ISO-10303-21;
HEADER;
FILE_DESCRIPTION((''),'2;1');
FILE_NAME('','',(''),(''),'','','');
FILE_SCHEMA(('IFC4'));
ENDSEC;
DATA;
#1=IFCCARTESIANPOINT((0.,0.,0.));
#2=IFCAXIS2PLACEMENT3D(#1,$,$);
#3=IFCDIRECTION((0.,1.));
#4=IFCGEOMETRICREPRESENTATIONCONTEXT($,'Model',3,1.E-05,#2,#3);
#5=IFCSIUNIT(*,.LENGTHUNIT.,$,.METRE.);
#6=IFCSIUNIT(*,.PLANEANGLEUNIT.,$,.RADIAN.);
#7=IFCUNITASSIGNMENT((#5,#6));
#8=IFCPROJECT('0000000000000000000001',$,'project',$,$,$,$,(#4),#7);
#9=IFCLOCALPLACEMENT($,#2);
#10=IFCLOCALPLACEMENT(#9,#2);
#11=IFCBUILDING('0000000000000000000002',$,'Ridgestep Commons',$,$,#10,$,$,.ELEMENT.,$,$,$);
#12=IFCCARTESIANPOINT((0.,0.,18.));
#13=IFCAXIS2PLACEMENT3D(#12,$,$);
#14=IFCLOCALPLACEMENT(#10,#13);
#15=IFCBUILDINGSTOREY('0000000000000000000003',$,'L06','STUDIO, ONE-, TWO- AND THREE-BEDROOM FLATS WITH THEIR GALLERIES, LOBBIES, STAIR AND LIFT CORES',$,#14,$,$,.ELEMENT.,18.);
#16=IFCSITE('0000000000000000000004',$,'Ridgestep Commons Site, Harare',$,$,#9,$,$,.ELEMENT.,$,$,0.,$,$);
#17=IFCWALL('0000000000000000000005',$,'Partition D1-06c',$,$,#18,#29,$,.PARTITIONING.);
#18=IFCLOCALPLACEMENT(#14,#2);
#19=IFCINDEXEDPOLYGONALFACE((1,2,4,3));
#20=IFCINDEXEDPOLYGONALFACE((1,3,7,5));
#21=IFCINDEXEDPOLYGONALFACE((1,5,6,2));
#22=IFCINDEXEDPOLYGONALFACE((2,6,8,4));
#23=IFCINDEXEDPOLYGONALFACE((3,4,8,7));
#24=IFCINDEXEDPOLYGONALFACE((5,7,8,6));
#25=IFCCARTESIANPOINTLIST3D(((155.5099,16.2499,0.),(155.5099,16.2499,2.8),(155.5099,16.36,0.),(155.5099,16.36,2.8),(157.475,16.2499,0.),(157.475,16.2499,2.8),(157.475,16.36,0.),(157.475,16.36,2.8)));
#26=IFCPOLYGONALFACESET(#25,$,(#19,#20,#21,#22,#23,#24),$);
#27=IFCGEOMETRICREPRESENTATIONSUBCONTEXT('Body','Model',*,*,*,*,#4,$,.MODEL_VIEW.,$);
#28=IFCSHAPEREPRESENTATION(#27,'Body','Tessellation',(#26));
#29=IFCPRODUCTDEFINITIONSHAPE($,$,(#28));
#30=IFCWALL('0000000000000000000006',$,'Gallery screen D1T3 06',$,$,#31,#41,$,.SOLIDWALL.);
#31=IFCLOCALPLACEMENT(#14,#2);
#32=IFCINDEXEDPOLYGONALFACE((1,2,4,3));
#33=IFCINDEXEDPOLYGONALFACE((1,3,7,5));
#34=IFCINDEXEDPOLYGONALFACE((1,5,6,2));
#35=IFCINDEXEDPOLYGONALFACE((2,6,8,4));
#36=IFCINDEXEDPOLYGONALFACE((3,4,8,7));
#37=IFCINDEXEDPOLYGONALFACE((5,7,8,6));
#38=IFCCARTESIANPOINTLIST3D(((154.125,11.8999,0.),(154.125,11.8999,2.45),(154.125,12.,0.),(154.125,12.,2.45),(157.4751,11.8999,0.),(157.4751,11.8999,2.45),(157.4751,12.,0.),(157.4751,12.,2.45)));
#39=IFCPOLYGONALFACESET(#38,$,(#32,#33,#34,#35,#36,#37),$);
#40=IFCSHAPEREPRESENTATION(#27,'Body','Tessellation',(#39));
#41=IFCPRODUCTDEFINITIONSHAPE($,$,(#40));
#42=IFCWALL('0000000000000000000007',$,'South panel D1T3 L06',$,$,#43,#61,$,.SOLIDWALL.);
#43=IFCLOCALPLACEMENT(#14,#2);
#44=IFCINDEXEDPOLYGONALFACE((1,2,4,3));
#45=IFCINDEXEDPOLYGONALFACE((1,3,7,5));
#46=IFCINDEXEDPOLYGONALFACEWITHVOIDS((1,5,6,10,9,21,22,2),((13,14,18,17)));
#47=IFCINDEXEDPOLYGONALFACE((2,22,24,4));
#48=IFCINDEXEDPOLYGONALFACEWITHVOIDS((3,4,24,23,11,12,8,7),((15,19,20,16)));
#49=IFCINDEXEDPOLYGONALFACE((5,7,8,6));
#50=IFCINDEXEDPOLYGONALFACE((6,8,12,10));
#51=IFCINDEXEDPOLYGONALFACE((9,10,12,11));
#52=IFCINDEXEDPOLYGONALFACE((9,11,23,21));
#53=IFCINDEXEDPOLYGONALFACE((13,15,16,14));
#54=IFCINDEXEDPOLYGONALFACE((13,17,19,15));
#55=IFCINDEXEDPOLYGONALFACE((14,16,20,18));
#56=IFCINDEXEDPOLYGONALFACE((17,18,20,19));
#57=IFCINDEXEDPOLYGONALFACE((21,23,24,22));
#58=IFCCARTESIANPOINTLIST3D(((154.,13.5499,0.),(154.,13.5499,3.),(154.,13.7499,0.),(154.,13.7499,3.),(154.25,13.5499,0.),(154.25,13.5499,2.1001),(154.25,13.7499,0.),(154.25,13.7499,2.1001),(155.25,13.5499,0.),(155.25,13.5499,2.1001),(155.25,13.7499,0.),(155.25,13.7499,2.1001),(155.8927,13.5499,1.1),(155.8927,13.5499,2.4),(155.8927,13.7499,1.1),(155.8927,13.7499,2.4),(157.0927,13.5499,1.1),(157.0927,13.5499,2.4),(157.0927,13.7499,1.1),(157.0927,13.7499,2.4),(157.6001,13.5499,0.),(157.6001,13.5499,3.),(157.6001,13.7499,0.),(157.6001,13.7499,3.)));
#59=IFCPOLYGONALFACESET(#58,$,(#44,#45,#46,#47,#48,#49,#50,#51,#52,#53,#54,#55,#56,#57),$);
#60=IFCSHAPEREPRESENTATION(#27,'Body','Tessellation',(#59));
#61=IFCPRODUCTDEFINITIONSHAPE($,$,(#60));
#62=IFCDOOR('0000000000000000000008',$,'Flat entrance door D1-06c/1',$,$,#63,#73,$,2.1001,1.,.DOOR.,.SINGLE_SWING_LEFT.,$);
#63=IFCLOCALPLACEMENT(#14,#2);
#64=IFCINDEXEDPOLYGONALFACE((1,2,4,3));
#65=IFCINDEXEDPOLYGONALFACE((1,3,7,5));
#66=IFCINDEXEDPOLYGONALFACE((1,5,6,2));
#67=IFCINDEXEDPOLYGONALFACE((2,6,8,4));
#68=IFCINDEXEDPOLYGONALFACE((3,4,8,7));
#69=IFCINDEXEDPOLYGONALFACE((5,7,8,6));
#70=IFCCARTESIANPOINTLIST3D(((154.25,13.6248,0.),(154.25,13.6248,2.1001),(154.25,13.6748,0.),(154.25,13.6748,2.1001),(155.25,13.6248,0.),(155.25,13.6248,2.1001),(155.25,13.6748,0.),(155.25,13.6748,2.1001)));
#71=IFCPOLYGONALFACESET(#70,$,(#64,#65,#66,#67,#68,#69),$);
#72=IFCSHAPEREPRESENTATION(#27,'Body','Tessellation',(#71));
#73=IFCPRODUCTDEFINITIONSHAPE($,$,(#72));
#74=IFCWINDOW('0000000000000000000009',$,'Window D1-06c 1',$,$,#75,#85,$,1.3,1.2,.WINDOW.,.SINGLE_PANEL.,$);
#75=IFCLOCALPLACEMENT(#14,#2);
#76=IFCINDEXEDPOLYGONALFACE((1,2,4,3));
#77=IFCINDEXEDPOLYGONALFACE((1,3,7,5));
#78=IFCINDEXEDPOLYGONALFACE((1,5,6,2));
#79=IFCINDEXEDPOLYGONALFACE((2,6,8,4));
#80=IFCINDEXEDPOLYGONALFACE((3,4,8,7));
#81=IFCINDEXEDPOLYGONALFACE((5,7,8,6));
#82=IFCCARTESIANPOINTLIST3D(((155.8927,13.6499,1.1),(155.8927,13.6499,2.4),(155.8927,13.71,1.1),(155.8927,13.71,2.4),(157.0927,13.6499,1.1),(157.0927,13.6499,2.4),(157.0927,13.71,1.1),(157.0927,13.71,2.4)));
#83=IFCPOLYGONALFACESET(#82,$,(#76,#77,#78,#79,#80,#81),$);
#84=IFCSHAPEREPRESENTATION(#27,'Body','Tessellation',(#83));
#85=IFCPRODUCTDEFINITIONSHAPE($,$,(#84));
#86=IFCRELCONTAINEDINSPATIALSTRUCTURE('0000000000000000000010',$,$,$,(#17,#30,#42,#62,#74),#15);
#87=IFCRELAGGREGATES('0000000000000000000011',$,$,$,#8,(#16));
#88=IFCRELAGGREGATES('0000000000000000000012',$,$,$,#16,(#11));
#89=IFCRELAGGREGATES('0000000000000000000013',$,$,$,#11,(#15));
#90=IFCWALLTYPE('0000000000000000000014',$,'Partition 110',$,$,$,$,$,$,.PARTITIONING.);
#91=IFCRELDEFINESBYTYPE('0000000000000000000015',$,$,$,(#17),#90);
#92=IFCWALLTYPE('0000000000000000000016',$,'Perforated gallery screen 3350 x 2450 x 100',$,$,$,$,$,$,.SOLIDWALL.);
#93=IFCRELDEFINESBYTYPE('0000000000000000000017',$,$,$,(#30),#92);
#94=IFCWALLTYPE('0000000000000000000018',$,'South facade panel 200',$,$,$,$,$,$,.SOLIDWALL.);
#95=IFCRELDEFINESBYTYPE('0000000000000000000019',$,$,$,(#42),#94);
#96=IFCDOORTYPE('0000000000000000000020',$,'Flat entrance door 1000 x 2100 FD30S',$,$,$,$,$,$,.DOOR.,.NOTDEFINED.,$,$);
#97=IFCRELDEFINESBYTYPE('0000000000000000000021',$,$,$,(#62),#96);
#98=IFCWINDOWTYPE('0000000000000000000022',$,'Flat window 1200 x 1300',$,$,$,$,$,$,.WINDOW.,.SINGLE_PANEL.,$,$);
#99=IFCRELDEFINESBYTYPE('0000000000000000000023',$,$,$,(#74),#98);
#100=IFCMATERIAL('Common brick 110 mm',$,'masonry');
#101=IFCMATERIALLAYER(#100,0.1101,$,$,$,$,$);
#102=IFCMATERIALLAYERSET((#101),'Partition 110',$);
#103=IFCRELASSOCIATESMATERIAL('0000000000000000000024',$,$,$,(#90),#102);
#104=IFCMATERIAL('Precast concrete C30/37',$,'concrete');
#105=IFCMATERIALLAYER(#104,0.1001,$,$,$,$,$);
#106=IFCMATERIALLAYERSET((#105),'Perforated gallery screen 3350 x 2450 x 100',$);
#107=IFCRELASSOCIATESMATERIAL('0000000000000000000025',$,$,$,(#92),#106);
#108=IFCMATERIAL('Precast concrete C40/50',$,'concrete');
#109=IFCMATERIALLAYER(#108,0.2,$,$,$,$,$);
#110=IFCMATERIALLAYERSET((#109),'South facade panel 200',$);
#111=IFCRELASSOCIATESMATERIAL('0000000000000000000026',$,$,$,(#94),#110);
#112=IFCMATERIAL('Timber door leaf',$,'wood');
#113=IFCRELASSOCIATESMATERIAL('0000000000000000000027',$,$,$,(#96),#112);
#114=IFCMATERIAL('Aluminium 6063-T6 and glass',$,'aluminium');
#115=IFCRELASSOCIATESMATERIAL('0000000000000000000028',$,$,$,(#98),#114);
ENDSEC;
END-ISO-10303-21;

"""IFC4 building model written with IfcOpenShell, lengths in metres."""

from ifc_helpers import new_model, si_unit, direction, frame, frame_2d, origin, place, context, subcontext, project, spatial, rectangle, extrude, material, layer, layer_set, type_object, element, fill, save


model = new_model("IFC4")

# Units and contexts
model_context = context("Model", 3, precision=1e-05, world=origin(), true_north=direction((0.0, 1.0)))
body_context = subcontext(model_context, "Body", "Model", "MODEL_VIEW")
ifc_project = project(units=[si_unit("LENGTHUNIT", "METRE"), si_unit("PLANEANGLEUNIT", "RADIAN")], contexts=[model_context])

# Site, building, storey
site_placement = place(None, origin())
site = spatial("IfcSite", under=ifc_project, at=site_placement, Name="Ridgestep Commons Site, Harare", CompositionType="ELEMENT", RefElevation=0.0)
building_placement = place(site_placement, origin())
building = spatial("IfcBuilding", under=site, at=building_placement, Name="Ridgestep Commons", CompositionType="ELEMENT")
storey_placement = place(building_placement, frame((0.0, 0.0, 18.0)))
storey = spatial("IfcBuildingStorey", under=building, at=storey_placement, Name="L06", Description="STUDIO, ONE-, TWO- AND THREE-BEDROOM FLATS WITH THEIR GALLERIES, LOBBIES, STAIR AND LIFT CORES", CompositionType="ELEMENT", Elevation=18.0)

# Shared definitions
ifc_material_1 = material(Name="Common brick 110 mm", Category="masonry")
ifc_layer_1 = layer(ifc_material_1, 0.1101)
ifc_layer_set_1 = layer_set([ifc_layer_1], Name="Partition 110")
wall_type_1 = type_object("IfcWallType", Name="Partition 110", PredefinedType="PARTITIONING", material=ifc_layer_set_1)

# Walls
wall_1_placement = place(storey_placement, frame((155.51, 16.3049, 0.0), z_axis=(0.0, 0.0, 1.0), x_axis=(1.0, 0.0, 0.0)))
element("IfcWall", 1, at=wall_1_placement, inside=storey, type_object=wall_type_1, Name="Partition D1-06c", PredefinedType="PARTITIONING", context=body_context, shape_type="SweptSolid", body=[
    extrude(rectangle(XDim=1.9651, YDim=0.1101, at=frame_2d((0.9824, 0.0))), origin(), (0.0, 0.0, 1.0), 2.8),
])
ifc_material_2 = material(Name="Precast concrete C30/37", Category="concrete")
ifc_layer_2 = layer(ifc_material_2, 0.1001)
ifc_layer_set_2 = layer_set([ifc_layer_2], Name="Perforated gallery screen 3350 x 2450 x 100")
wall_type_2 = type_object("IfcWallType", Name="Perforated gallery screen 3350 x 2450 x 100", PredefinedType="SOLIDWALL", material=ifc_layer_set_2)
wall_2_placement = place(storey_placement, frame((154.125, 11.95, 0.0), z_axis=(0.0, 0.0, 1.0), x_axis=(1.0, 0.0, 0.0)))
element("IfcWall", 2, at=wall_2_placement, inside=storey, type_object=wall_type_2, Name="Gallery screen D1T3 06", PredefinedType="SOLIDWALL", context=body_context, shape_type="SweptSolid", body=[
    extrude(rectangle(XDim=3.3501, YDim=0.1001, at=frame_2d((1.675, 0.0))), origin(), (0.0, 0.0, 1.0), 2.45),
])

# Wall, openings, door, window
ifc_material_3 = material(Name="Precast concrete C40/50", Category="concrete")
ifc_layer_3 = layer(ifc_material_3, 0.2)
ifc_layer_set_3 = layer_set([ifc_layer_3], Name="South facade panel 200")
wall_type_3 = type_object("IfcWallType", Name="South facade panel 200", PredefinedType="SOLIDWALL", material=ifc_layer_set_3)
wall_3_placement = place(storey_placement, frame((154.0, 13.6499, 0.0), z_axis=(0.0, 0.0, 1.0), x_axis=(1.0, 0.0, 0.0)))
wall_3 = element("IfcWall", 3, at=wall_3_placement, inside=storey, type_object=wall_type_3, Name="South panel D1T3 L06", PredefinedType="SOLIDWALL", context=body_context, shape_type="SweptSolid", body=[
    extrude(rectangle(XDim=3.6001, YDim=0.2, at=frame_2d((1.8, 0.0))), origin(), (0.0, 0.0, 1.0), 3.0),
])
opening_1_placement = place(wall_3_placement, frame((1.8926, 0.0, 1.1001)))
opening_1 = element("IfcOpeningElement", 4, at=opening_1_placement, cuts=wall_3, PredefinedType="OPENING", context=body_context, shape_type="SweptSolid", body=[
    extrude(rectangle(XDim=1.2, YDim=1.3, at=frame_2d((0.6001, 0.6499))), frame((0.0, 0.1099, 0.0), z_axis=(0.0, -1.0, 0.0), x_axis=(1.0, 0.0, 0.0)), (0.0, 0.0, 1.0), 0.22),
])
opening_2_placement = place(wall_3_placement, frame((0.25, 0.0, 0.0)))
opening_2 = element("IfcOpeningElement", 5, at=opening_2_placement, cuts=wall_3, PredefinedType="OPENING", context=body_context, shape_type="SweptSolid", body=[
    extrude(rectangle(XDim=1.0, YDim=2.1001, at=frame_2d((0.5, 1.05))), frame((0.0, 0.1099, 0.0), z_axis=(0.0, -1.0, 0.0), x_axis=(1.0, 0.0, 0.0)), (0.0, 0.0, 1.0), 0.22),
])
ifc_material_4 = material(Name="Timber door leaf", Category="wood")
door_type_1 = type_object("IfcDoorType", Name="Flat entrance door 1000 x 2100 FD30S", OperationType="NOTDEFINED", PredefinedType="DOOR", material=ifc_material_4)
door_1_placement = place(opening_2_placement, origin())
door_1 = element("IfcDoor", 6, at=door_1_placement, inside=storey, type_object=door_type_1, Name="Flat entrance door D1-06c/1", OperationType="SINGLE_SWING_LEFT", OverallHeight=2.1001, OverallWidth=1.0, PredefinedType="DOOR", context=body_context, shape_type="SweptSolid", body=[
    extrude(rectangle(XDim=1.0, YDim=2.1001, at=frame_2d((0.5, 1.05))), frame((0.0, 0.0249, 0.0), z_axis=(0.0, -1.0, 0.0), x_axis=(1.0, 0.0, 0.0)), (0.0, 0.0, 1.0), 0.05),
])
fill(opening_2, door_1)
ifc_material_5 = material(Name="Aluminium 6063-T6 and glass", Category="aluminium")
window_type = type_object("IfcWindowType", Name="Flat window 1200 x 1300", PartitioningType="SINGLE_PANEL", PredefinedType="WINDOW", material=ifc_material_5)
window_placement = place(opening_1_placement, origin())
window = element("IfcWindow", 7, at=window_placement, inside=storey, type_object=window_type, Name="Window D1-06c 1", OverallHeight=1.3, OverallWidth=1.2, PartitioningType="SINGLE_PANEL", PredefinedType="WINDOW", context=body_context, shape_type="SweptSolid", body=[
    extrude(rectangle(XDim=1.2, YDim=1.3, at=frame_2d((0.6001, 0.6499))), frame((0.0, 0.0601, 0.0), z_axis=(0.0, -1.0, 0.0), x_axis=(1.0, 0.0, 0.0)), (0.0, 0.0, 1.0), 0.0601),
])
fill(opening_1, window)

save(model, "model.ifc")
